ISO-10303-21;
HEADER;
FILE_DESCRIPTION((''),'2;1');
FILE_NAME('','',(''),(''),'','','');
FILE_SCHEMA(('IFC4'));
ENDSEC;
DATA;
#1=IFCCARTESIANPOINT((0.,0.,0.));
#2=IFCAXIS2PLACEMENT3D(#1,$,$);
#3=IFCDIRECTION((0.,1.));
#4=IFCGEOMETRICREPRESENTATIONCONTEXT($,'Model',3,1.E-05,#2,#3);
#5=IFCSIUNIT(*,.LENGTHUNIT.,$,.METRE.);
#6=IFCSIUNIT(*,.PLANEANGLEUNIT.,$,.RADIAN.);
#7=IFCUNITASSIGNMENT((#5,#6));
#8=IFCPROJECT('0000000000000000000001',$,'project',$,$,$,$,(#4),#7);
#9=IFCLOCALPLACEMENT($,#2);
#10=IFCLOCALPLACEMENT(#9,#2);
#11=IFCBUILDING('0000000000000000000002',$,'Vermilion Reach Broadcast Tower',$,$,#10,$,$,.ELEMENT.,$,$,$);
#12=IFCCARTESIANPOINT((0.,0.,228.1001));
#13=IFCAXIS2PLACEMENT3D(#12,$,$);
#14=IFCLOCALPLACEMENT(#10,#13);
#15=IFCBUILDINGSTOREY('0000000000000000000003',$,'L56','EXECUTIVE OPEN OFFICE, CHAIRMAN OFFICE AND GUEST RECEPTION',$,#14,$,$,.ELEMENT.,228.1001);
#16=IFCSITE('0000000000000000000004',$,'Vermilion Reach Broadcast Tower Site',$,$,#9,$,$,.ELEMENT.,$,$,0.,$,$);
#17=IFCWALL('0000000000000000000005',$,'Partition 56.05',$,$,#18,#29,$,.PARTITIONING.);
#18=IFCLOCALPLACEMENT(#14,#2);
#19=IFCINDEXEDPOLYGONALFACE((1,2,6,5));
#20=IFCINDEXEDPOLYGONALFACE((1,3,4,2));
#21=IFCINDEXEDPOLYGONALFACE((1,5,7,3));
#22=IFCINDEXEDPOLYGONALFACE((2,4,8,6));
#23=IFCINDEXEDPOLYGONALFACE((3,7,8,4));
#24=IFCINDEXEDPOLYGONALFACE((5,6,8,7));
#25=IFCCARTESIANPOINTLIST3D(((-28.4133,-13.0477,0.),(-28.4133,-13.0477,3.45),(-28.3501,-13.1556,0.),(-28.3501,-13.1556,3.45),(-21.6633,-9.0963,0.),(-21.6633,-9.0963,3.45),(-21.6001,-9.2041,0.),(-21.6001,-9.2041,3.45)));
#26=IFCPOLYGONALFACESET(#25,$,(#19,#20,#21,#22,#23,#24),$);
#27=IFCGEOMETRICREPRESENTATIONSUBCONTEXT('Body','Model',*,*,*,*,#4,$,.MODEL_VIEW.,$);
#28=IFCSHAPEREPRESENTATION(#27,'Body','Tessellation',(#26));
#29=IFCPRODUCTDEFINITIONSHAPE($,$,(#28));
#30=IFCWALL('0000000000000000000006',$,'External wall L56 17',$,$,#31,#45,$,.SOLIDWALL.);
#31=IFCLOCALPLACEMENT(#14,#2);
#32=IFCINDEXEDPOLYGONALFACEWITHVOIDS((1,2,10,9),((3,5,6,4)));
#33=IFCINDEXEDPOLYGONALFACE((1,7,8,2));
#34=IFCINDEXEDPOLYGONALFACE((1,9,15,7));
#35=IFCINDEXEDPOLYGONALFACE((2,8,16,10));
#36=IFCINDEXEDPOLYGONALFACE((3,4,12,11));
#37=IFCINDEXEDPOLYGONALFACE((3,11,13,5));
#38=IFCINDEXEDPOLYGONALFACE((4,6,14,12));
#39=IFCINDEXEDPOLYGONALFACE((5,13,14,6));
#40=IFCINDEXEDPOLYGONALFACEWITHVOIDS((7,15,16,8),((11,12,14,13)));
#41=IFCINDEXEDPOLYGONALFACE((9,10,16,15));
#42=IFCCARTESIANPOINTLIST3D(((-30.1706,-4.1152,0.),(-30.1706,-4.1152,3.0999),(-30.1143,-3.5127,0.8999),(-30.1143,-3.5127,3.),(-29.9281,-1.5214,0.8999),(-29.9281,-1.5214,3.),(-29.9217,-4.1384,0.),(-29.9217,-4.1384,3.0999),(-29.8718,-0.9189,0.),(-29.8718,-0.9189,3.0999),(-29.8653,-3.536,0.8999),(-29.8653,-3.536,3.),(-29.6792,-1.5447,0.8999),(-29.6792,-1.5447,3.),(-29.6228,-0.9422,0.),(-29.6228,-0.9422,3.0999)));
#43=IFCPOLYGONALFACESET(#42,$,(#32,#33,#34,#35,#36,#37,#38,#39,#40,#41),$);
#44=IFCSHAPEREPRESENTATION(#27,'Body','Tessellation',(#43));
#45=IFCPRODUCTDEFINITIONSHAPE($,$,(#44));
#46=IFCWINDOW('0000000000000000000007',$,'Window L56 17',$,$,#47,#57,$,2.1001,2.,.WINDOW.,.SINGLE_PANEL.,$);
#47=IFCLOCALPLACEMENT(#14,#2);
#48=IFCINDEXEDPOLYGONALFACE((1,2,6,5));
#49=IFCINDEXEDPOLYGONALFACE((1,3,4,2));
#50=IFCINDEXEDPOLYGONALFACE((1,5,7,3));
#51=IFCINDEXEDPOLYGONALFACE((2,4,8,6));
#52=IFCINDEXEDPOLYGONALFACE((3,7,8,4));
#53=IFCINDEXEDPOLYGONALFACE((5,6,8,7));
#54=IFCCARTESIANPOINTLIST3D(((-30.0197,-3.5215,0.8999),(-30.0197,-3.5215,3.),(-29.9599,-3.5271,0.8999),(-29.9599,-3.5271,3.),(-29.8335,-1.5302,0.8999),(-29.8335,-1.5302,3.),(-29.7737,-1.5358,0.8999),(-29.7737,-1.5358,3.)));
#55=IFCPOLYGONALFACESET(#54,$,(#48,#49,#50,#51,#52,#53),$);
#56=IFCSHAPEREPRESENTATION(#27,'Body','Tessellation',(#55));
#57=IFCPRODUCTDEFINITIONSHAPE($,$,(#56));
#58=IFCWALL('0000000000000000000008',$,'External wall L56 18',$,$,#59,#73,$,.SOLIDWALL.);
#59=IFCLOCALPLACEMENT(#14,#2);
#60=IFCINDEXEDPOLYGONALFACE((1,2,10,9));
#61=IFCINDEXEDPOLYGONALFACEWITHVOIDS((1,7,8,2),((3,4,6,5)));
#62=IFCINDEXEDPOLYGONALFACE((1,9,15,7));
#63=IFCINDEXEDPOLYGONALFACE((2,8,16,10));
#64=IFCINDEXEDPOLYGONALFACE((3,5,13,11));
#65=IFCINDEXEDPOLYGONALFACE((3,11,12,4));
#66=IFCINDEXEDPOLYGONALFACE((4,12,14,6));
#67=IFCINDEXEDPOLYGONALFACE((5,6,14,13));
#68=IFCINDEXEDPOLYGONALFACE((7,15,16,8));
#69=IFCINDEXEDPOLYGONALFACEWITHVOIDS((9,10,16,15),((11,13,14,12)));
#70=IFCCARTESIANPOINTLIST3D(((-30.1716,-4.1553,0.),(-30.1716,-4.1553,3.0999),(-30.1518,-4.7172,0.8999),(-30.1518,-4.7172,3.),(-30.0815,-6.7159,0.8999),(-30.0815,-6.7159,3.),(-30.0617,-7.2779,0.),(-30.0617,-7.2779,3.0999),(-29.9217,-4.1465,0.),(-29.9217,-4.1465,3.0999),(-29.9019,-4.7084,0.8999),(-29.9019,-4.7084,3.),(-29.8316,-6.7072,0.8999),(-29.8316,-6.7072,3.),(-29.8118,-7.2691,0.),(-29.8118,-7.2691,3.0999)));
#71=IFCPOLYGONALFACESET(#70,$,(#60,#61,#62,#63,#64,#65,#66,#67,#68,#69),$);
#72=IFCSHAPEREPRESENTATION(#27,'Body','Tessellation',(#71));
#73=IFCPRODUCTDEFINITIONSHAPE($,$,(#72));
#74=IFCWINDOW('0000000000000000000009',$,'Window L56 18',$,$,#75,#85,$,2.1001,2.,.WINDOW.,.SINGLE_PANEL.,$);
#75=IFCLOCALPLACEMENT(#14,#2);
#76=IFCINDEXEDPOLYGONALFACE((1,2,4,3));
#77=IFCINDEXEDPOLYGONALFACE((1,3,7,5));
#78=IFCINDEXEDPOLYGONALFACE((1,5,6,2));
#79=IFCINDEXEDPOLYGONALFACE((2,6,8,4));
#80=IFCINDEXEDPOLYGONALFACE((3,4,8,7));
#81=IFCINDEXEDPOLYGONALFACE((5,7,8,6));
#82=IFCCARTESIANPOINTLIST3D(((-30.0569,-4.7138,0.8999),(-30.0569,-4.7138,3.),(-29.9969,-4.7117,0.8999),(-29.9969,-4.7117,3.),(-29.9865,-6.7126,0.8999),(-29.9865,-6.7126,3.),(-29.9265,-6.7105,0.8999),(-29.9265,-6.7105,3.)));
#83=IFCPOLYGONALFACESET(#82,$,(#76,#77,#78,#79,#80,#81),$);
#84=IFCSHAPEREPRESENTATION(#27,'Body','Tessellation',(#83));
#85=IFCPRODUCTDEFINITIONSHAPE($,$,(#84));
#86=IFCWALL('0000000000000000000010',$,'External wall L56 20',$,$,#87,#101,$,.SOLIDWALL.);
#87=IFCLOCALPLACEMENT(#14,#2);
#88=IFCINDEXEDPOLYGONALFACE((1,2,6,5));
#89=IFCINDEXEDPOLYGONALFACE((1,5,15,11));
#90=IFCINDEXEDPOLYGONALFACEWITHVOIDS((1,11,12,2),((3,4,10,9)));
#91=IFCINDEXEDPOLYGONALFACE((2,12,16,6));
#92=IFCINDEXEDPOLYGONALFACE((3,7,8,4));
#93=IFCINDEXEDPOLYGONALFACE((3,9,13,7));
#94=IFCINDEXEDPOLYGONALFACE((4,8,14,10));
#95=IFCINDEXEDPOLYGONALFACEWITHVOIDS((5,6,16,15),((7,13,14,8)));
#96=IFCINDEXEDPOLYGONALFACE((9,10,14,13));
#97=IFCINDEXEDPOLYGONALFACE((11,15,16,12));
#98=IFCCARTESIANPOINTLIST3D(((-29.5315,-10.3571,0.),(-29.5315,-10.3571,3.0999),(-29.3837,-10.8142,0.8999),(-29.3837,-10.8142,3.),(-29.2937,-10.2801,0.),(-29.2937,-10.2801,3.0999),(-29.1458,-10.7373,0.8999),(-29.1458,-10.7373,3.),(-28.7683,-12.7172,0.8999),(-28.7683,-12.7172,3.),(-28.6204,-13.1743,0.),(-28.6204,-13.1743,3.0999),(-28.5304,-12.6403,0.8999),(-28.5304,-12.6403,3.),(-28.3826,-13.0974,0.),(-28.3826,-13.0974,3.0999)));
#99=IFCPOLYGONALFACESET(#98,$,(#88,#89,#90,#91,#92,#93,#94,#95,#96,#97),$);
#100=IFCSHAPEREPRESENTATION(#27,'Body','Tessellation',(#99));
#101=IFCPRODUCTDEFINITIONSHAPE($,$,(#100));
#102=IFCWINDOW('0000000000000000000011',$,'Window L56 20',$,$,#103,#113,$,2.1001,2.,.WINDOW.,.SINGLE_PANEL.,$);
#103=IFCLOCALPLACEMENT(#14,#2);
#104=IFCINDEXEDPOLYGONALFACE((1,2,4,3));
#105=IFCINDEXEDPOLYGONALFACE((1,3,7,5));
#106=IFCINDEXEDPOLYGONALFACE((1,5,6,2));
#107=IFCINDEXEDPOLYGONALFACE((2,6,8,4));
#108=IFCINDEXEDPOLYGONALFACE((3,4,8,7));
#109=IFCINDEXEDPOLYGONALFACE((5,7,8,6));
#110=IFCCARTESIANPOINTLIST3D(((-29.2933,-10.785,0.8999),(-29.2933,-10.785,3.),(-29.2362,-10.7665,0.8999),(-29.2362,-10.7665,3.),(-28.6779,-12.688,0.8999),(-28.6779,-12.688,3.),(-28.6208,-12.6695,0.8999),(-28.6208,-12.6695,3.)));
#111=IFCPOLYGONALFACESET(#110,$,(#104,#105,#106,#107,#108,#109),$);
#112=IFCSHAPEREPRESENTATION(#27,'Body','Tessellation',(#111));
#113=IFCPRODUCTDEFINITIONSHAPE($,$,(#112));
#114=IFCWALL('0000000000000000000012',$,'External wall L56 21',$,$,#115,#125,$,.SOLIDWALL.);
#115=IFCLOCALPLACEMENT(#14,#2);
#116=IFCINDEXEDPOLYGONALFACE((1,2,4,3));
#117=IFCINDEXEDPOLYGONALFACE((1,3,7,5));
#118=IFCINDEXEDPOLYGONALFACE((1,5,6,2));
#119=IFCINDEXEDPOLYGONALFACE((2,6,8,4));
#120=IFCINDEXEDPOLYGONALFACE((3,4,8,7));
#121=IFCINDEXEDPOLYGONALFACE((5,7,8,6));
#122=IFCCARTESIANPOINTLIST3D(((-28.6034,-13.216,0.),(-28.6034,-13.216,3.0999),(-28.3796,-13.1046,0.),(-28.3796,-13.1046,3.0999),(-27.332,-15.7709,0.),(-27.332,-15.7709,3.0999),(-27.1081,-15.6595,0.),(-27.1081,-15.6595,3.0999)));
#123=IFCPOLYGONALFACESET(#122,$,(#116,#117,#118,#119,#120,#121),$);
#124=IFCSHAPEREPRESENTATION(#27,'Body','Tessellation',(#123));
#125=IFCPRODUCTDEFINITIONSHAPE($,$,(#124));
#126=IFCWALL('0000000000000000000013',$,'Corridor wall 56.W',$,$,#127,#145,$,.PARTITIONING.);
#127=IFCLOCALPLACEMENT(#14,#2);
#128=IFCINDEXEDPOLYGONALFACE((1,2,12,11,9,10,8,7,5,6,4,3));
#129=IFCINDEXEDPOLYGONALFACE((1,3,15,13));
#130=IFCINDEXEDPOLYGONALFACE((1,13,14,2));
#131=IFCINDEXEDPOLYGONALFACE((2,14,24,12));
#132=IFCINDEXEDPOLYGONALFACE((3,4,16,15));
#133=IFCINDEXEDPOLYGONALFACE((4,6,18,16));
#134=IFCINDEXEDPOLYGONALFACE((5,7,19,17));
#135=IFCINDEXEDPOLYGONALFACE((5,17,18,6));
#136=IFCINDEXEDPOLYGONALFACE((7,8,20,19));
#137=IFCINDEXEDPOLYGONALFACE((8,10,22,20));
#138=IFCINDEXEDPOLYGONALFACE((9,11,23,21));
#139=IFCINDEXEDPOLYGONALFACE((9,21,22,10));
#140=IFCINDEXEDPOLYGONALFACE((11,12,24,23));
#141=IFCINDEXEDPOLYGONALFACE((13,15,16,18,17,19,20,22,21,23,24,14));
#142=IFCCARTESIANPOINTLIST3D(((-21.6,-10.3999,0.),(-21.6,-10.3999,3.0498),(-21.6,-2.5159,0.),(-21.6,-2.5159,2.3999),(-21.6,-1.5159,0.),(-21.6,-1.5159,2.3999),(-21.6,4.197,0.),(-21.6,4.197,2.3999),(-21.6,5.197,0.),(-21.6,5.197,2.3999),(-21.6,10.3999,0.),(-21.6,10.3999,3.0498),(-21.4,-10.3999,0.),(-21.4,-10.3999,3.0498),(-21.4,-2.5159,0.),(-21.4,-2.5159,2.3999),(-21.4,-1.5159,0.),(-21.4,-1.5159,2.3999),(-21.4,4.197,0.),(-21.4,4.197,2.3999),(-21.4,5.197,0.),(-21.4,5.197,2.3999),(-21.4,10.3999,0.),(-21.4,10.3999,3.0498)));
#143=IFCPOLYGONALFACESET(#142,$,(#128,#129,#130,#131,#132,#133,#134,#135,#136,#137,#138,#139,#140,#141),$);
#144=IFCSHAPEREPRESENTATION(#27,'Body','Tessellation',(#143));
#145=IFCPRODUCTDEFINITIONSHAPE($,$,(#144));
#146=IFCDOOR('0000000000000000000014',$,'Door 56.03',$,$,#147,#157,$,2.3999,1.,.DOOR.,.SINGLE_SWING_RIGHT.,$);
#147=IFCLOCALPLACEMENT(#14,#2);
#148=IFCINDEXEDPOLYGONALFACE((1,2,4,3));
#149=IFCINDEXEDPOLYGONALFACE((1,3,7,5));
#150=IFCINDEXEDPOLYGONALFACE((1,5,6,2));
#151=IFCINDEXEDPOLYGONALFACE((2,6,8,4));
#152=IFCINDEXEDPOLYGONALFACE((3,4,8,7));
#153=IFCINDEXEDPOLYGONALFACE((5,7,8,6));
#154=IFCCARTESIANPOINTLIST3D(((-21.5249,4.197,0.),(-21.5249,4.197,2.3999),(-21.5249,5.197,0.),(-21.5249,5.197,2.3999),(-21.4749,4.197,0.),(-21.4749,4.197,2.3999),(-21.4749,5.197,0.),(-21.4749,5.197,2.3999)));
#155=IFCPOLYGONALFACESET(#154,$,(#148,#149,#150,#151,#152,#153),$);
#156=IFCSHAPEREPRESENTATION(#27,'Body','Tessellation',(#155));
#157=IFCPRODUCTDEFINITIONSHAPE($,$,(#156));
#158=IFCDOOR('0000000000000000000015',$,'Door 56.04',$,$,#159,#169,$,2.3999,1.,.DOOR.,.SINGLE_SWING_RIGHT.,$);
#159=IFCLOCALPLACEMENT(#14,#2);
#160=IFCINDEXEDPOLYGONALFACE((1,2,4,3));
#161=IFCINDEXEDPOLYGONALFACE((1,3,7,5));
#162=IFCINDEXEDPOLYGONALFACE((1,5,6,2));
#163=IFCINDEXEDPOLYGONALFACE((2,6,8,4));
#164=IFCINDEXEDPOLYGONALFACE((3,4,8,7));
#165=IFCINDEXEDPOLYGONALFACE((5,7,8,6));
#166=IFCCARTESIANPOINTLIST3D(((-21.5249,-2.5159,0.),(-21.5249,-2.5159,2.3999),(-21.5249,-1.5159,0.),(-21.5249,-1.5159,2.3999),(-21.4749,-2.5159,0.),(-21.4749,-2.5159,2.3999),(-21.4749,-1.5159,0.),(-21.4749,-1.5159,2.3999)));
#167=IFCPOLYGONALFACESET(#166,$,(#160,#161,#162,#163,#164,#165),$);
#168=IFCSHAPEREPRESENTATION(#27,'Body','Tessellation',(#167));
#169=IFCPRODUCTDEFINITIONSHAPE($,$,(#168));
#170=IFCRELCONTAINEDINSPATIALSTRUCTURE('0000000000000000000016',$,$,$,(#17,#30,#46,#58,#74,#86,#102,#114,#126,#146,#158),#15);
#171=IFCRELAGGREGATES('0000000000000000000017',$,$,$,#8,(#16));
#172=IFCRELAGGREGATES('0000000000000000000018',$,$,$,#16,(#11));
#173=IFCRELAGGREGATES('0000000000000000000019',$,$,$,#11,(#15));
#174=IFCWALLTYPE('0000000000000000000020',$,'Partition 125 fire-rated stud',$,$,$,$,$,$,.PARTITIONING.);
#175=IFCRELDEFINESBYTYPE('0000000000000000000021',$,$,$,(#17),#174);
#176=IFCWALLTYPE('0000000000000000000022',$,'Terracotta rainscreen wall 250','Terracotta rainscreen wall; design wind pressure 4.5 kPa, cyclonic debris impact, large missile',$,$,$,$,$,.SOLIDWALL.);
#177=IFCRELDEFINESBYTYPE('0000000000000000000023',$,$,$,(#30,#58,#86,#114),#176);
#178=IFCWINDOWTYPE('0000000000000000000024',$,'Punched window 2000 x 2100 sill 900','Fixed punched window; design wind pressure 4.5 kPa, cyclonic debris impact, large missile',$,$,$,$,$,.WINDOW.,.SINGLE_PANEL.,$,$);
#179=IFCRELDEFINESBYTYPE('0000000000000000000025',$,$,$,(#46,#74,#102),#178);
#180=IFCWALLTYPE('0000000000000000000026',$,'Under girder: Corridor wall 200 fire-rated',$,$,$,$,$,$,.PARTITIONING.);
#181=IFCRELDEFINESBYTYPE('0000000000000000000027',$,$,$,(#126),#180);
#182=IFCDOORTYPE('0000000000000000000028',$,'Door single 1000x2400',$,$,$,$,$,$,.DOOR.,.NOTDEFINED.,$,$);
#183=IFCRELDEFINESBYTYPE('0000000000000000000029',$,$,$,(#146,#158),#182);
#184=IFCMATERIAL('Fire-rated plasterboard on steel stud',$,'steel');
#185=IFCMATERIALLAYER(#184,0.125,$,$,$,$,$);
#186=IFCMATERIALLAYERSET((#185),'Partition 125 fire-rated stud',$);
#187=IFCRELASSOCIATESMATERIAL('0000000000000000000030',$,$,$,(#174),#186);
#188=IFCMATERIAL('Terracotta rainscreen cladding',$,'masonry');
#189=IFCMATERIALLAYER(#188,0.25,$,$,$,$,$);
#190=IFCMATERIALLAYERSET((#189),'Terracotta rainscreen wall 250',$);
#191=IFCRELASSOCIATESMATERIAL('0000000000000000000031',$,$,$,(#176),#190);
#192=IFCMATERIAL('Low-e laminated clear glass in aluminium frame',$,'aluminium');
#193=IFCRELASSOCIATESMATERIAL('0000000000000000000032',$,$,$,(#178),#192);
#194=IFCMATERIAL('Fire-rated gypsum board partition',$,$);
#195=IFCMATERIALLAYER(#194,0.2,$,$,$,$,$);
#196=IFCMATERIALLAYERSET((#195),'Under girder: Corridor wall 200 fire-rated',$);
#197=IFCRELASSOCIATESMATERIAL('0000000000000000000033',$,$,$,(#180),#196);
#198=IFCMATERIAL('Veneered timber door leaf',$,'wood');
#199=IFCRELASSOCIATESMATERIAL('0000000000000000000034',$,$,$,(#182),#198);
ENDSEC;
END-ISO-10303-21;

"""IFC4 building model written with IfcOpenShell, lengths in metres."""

from ifc_helpers import new_model, si_unit, direction, frame, frame_2d, origin, place, context, subcontext, project, spatial, rectangle, extrude, material, layer, layer_set, type_object, element, fill, save


model = new_model("IFC4")

# Units and contexts
model_context = context("Model", 3, precision=1e-05, world=origin(), true_north=direction((0.0, 1.0)))
body_context = subcontext(model_context, "Body", "Model", "MODEL_VIEW")
ifc_project = project(units=[si_unit("LENGTHUNIT", "METRE"), si_unit("PLANEANGLEUNIT", "RADIAN")], contexts=[model_context])

# Site, building, storey
site_placement = place(None, origin())
site = spatial("IfcSite", under=ifc_project, at=site_placement, Name="Vermilion Reach Broadcast Tower Site", CompositionType="ELEMENT", RefElevation=0.0)
building_placement = place(site_placement, origin())
building = spatial("IfcBuilding", under=site, at=building_placement, Name="Vermilion Reach Broadcast Tower", CompositionType="ELEMENT")
storey_placement = place(building_placement, frame((0.0, 0.0, 228.1001)))
storey = spatial("IfcBuildingStorey", under=building, at=storey_placement, Name="L56", Description="EXECUTIVE OPEN OFFICE, CHAIRMAN OFFICE AND GUEST RECEPTION", CompositionType="ELEMENT", Elevation=228.1001)

# Wall
ifc_material_1 = material(Name="Fire-rated plasterboard on steel stud", Category="steel")
ifc_layer_1 = layer(ifc_material_1, 0.125)
ifc_layer_set_1 = layer_set([ifc_layer_1], Name="Partition 125 fire-rated stud")
wall_type_1 = type_object("IfcWallType", Name="Partition 125 fire-rated stud", PredefinedType="PARTITIONING", material=ifc_layer_set_1)
wall_1_placement = place(storey_placement, frame((-28.3816, -13.1016, 0.0), z_axis=(0.0, 0.0, 1.0), x_axis=(0.863004, 0.505198, 0.0)))
element("IfcWall", 1, at=wall_1_placement, inside=storey, type_object=wall_type_1, Name="Partition 56.05", PredefinedType="PARTITIONING", context=body_context, shape_type="SweptSolid", body=[
    extrude(rectangle(XDim=7.8215, YDim=0.125, at=frame_2d((3.9106, 0.0))), origin(), (0.0, 0.0, 1.0), 3.45),
])

# Walls, openings, windows
ifc_material_2 = material(Name="Terracotta rainscreen cladding", Category="masonry")
ifc_layer_2 = layer(ifc_material_2, 0.25)
ifc_layer_set_2 = layer_set([ifc_layer_2], Name="Terracotta rainscreen wall 250")
wall_type_2 = type_object("IfcWallType", Name="Terracotta rainscreen wall 250", Description="Terracotta rainscreen wall; design wind pressure 4.5 kPa, cyclonic debris impact, large missile", PredefinedType="SOLIDWALL", material=ifc_layer_set_2)
wall_2_placement = place(storey_placement, frame((-29.7473, -0.9307, 0.0), z_axis=(0.0, 0.0, 1.0), x_axis=(-0.093086, -0.995658, 0.0)))
wall_2 = element("IfcWall", 2, at=wall_2_placement, inside=storey, type_object=wall_type_2, Name="External wall L56 17", PredefinedType="SOLIDWALL", context=body_context, shape_type="SweptSolid", body=[
    extrude(rectangle(XDim=3.2102, YDim=0.25, at=frame_2d((1.605, 0.0))), origin(), (0.0, 0.0, 1.0), 3.0999),
])
opening_1_placement = place(wall_2_placement, frame((0.605, 0.0, 0.8999)))
opening_1 = element("IfcOpeningElement", 3, at=opening_1_placement, cuts=wall_2, PredefinedType="OPENING", context=body_context, shape_type="SweptSolid", body=[
    extrude(rectangle(XDim=2.0, YDim=2.1001, at=frame_2d((1.0, 1.05))), frame((0.0, 0.135, 0.0), z_axis=(0.0, -1.0, 0.0), x_axis=(1.0, 0.0, 0.0)), (0.0, 0.0, 1.0), 0.27),
])
ifc_material_3 = material(Name="Low-e laminated clear glass in aluminium frame", Category="aluminium")
window_type = type_object("IfcWindowType", Name="Punched window 2000 x 2100 sill 900", Description="Fixed punched window; design wind pressure 4.5 kPa, cyclonic debris impact, large missile", PartitioningType="SINGLE_PANEL", PredefinedType="WINDOW", material=ifc_material_3)
window_1_placement = place(opening_1_placement, origin())
window_1 = element("IfcWindow", 4, at=window_1_placement, inside=storey, type_object=window_type, Name="Window L56 17", OverallHeight=2.1001, OverallWidth=2.0, PartitioningType="SINGLE_PANEL", PredefinedType="WINDOW", context=body_context, shape_type="SweptSolid", body=[
    extrude(rectangle(XDim=2.0, YDim=2.1001, at=frame_2d((1.0, 1.05))), frame((0.0, 0.03, 0.0), z_axis=(0.0, -1.0, 0.0), x_axis=(1.0, 0.0, 0.0)), (0.0, 0.0, 1.0), 0.0601),
])
fill(opening_1, window_1)
wall_3_placement = place(storey_placement, frame((-30.0466, -4.1509, 0.0), z_axis=(0.0, 0.0, 1.0), x_axis=(0.035162, -0.999382, 0.0)))
wall_3 = element("IfcWall", 5, at=wall_3_placement, inside=storey, type_object=wall_type_2, Name="External wall L56 18", PredefinedType="SOLIDWALL", context=body_context, shape_type="SweptSolid", body=[
    extrude(rectangle(XDim=3.1245, YDim=0.25, at=frame_2d((1.5623, 0.0))), origin(), (0.0, 0.0, 1.0), 3.0999),
])
opening_2_placement = place(wall_3_placement, frame((0.5623, 0.0, 0.8999)))
opening_2 = element("IfcOpeningElement", 6, at=opening_2_placement, cuts=wall_3, PredefinedType="OPENING", context=body_context, shape_type="SweptSolid", body=[
    extrude(rectangle(XDim=2.0, YDim=2.1001, at=frame_2d((1.0, 1.05))), frame((0.0, 0.135, 0.0), z_axis=(0.0, -1.0, 0.0), x_axis=(1.0, 0.0, 0.0)), (0.0, 0.0, 1.0), 0.27),
])
window_2_placement = place(opening_2_placement, origin())
window_2 = element("IfcWindow", 7, at=window_2_placement, inside=storey, type_object=window_type, Name="Window L56 18", OverallHeight=2.1001, OverallWidth=2.0, PartitioningType="SINGLE_PANEL", PredefinedType="WINDOW", context=body_context, shape_type="SweptSolid", body=[
    extrude(rectangle(XDim=2.0, YDim=2.1001, at=frame_2d((1.0, 1.05))), frame((0.0, 0.03, 0.0), z_axis=(0.0, -1.0, 0.0), x_axis=(1.0, 0.0, 0.0)), (0.0, 0.0, 1.0), 0.0601),
])
fill(opening_2, window_2)

# Wall, opening, window
wall_4_placement = place(storey_placement, frame((-29.4126, -10.3186, 0.0), z_axis=(0.0, 0.0, 1.0), x_axis=(0.307706, -0.951481, 0.0)))
wall_4 = element("IfcWall", 8, at=wall_4_placement, inside=storey, type_object=wall_type_2, Name="External wall L56 20", PredefinedType="SOLIDWALL", context=body_context, shape_type="SweptSolid", body=[
    extrude(rectangle(XDim=2.9609, YDim=0.25, at=frame_2d((1.4805, 0.0))), origin(), (0.0, 0.0, 1.0), 3.0999),
])
opening_3_placement = place(wall_4_placement, frame((0.4805, 0.0, 0.8999)))
opening_3 = element("IfcOpeningElement", 9, at=opening_3_placement, cuts=wall_4, PredefinedType="OPENING", context=body_context, shape_type="SweptSolid", body=[
    extrude(rectangle(XDim=2.0, YDim=2.1001, at=frame_2d((1.0, 1.05))), frame((0.0, 0.135, 0.0), z_axis=(0.0, -1.0, 0.0), x_axis=(1.0, 0.0, 0.0)), (0.0, 0.0, 1.0), 0.27),
])
window_3_placement = place(opening_3_placement, origin())
window_3 = element("IfcWindow", 10, at=window_3_placement, inside=storey, type_object=window_type, Name="Window L56 20", OverallHeight=2.1001, OverallWidth=2.0, PartitioningType="SINGLE_PANEL", PredefinedType="WINDOW", context=body_context, shape_type="SweptSolid", body=[
    extrude(rectangle(XDim=2.0, YDim=2.1001, at=frame_2d((1.0, 1.05))), frame((0.0, 0.03, 0.0), z_axis=(0.0, -1.0, 0.0), x_axis=(1.0, 0.0, 0.0)), (0.0, 0.0, 1.0), 0.0601),
])
fill(opening_3, window_3)

# Wall
wall_5_placement = place(storey_placement, frame((-28.4915, -13.1604, 0.0), z_axis=(0.0, 0.0, 1.0), x_axis=(0.445536, -0.895264, 0.0)))
element("IfcWall", 11, at=wall_5_placement, inside=storey, type_object=wall_type_2, Name="External wall L56 21", PredefinedType="SOLIDWALL", context=body_context, shape_type="SweptSolid", body=[
    extrude(rectangle(XDim=2.8538, YDim=0.25, at=frame_2d((1.4268, 0.0))), origin(), (0.0, 0.0, 1.0), 3.0999),
])

# Wall, openings, doors
ifc_material_4 = material(Name="Fire-rated gypsum board partition")
ifc_layer_3 = layer(ifc_material_4, 0.2)
ifc_layer_set_3 = layer_set([ifc_layer_3], Name="Under girder: Corridor wall 200 fire-rated")
wall_type_3 = type_object("IfcWallType", Name="Under girder: Corridor wall 200 fire-rated", PredefinedType="PARTITIONING", material=ifc_layer_set_3)
wall_6_placement = place(storey_placement, frame((-21.5, -10.3999, 0.0), z_axis=(0.0, 0.0, 1.0), x_axis=(0.0, 1.0, 0.0)))
wall_6 = element("IfcWall", 12, at=wall_6_placement, inside=storey, type_object=wall_type_3, Name="Corridor wall 56.W", PredefinedType="PARTITIONING", context=body_context, shape_type="SweptSolid", body=[
    extrude(rectangle(XDim=20.7998, YDim=0.2, at=frame_2d((10.3999, 0.0))), origin(), (0.0, 0.0, 1.0), 3.0498),
])
opening_4_placement = place(wall_6_placement, frame((14.5969, 0.0, 0.0)))
opening_4 = element("IfcOpeningElement", 13, at=opening_4_placement, cuts=wall_6, PredefinedType="OPENING", context=body_context, shape_type="SweptSolid", body=[
    extrude(rectangle(XDim=1.0, YDim=2.3999, at=frame_2d((0.5, 1.2))), frame((0.0, 0.1099, 0.0), z_axis=(0.0, -1.0, 0.0), x_axis=(1.0, 0.0, 0.0)), (0.0, 0.0, 1.0), 0.22),
])
opening_5_placement = place(wall_6_placement, frame((7.884, 0.0, 0.0)))
opening_5 = element("IfcOpeningElement", 14, at=opening_5_placement, cuts=wall_6, PredefinedType="OPENING", context=body_context, shape_type="SweptSolid", body=[
    extrude(rectangle(XDim=1.0, YDim=2.3999, at=frame_2d((0.5, 1.2))), frame((0.0, 0.1099, 0.0), z_axis=(0.0, -1.0, 0.0), x_axis=(1.0, 0.0, 0.0)), (0.0, 0.0, 1.0), 0.22),
])
ifc_material_5 = material(Name="Veneered timber door leaf", Category="wood")
door_type_1 = type_object("IfcDoorType", Name="Door single 1000x2400", OperationType="NOTDEFINED", PredefinedType="DOOR", material=ifc_material_5)
door_1_placement = place(opening_4_placement, origin())
door_1 = element("IfcDoor", 15, at=door_1_placement, inside=storey, type_object=door_type_1, Name="Door 56.03", OperationType="SINGLE_SWING_RIGHT", OverallHeight=2.3999, OverallWidth=1.0, PredefinedType="DOOR", context=body_context, shape_type="SweptSolid", body=[
    extrude(rectangle(XDim=1.0, YDim=2.3999, at=frame_2d((0.5, 1.2))), frame((0.0, 0.0249, 0.0), z_axis=(0.0, -1.0, 0.0), x_axis=(1.0, 0.0, 0.0)), (0.0, 0.0, 1.0), 0.05),
])
fill(opening_4, door_1)
door_2_placement = place(opening_5_placement, origin())
door_2 = element("IfcDoor", 16, at=door_2_placement, inside=storey, type_object=door_type_1, Name="Door 56.04", OperationType="SINGLE_SWING_RIGHT", OverallHeight=2.3999, OverallWidth=1.0, PredefinedType="DOOR", context=body_context, shape_type="SweptSolid", body=[
    extrude(rectangle(XDim=1.0, YDim=2.3999, at=frame_2d((0.5, 1.2))), frame((0.0, 0.0249, 0.0), z_axis=(0.0, -1.0, 0.0), x_axis=(1.0, 0.0, 0.0)), (0.0, 0.0, 1.0), 0.05),
])
fill(opening_5, door_2)

save(model, "model.ifc")
